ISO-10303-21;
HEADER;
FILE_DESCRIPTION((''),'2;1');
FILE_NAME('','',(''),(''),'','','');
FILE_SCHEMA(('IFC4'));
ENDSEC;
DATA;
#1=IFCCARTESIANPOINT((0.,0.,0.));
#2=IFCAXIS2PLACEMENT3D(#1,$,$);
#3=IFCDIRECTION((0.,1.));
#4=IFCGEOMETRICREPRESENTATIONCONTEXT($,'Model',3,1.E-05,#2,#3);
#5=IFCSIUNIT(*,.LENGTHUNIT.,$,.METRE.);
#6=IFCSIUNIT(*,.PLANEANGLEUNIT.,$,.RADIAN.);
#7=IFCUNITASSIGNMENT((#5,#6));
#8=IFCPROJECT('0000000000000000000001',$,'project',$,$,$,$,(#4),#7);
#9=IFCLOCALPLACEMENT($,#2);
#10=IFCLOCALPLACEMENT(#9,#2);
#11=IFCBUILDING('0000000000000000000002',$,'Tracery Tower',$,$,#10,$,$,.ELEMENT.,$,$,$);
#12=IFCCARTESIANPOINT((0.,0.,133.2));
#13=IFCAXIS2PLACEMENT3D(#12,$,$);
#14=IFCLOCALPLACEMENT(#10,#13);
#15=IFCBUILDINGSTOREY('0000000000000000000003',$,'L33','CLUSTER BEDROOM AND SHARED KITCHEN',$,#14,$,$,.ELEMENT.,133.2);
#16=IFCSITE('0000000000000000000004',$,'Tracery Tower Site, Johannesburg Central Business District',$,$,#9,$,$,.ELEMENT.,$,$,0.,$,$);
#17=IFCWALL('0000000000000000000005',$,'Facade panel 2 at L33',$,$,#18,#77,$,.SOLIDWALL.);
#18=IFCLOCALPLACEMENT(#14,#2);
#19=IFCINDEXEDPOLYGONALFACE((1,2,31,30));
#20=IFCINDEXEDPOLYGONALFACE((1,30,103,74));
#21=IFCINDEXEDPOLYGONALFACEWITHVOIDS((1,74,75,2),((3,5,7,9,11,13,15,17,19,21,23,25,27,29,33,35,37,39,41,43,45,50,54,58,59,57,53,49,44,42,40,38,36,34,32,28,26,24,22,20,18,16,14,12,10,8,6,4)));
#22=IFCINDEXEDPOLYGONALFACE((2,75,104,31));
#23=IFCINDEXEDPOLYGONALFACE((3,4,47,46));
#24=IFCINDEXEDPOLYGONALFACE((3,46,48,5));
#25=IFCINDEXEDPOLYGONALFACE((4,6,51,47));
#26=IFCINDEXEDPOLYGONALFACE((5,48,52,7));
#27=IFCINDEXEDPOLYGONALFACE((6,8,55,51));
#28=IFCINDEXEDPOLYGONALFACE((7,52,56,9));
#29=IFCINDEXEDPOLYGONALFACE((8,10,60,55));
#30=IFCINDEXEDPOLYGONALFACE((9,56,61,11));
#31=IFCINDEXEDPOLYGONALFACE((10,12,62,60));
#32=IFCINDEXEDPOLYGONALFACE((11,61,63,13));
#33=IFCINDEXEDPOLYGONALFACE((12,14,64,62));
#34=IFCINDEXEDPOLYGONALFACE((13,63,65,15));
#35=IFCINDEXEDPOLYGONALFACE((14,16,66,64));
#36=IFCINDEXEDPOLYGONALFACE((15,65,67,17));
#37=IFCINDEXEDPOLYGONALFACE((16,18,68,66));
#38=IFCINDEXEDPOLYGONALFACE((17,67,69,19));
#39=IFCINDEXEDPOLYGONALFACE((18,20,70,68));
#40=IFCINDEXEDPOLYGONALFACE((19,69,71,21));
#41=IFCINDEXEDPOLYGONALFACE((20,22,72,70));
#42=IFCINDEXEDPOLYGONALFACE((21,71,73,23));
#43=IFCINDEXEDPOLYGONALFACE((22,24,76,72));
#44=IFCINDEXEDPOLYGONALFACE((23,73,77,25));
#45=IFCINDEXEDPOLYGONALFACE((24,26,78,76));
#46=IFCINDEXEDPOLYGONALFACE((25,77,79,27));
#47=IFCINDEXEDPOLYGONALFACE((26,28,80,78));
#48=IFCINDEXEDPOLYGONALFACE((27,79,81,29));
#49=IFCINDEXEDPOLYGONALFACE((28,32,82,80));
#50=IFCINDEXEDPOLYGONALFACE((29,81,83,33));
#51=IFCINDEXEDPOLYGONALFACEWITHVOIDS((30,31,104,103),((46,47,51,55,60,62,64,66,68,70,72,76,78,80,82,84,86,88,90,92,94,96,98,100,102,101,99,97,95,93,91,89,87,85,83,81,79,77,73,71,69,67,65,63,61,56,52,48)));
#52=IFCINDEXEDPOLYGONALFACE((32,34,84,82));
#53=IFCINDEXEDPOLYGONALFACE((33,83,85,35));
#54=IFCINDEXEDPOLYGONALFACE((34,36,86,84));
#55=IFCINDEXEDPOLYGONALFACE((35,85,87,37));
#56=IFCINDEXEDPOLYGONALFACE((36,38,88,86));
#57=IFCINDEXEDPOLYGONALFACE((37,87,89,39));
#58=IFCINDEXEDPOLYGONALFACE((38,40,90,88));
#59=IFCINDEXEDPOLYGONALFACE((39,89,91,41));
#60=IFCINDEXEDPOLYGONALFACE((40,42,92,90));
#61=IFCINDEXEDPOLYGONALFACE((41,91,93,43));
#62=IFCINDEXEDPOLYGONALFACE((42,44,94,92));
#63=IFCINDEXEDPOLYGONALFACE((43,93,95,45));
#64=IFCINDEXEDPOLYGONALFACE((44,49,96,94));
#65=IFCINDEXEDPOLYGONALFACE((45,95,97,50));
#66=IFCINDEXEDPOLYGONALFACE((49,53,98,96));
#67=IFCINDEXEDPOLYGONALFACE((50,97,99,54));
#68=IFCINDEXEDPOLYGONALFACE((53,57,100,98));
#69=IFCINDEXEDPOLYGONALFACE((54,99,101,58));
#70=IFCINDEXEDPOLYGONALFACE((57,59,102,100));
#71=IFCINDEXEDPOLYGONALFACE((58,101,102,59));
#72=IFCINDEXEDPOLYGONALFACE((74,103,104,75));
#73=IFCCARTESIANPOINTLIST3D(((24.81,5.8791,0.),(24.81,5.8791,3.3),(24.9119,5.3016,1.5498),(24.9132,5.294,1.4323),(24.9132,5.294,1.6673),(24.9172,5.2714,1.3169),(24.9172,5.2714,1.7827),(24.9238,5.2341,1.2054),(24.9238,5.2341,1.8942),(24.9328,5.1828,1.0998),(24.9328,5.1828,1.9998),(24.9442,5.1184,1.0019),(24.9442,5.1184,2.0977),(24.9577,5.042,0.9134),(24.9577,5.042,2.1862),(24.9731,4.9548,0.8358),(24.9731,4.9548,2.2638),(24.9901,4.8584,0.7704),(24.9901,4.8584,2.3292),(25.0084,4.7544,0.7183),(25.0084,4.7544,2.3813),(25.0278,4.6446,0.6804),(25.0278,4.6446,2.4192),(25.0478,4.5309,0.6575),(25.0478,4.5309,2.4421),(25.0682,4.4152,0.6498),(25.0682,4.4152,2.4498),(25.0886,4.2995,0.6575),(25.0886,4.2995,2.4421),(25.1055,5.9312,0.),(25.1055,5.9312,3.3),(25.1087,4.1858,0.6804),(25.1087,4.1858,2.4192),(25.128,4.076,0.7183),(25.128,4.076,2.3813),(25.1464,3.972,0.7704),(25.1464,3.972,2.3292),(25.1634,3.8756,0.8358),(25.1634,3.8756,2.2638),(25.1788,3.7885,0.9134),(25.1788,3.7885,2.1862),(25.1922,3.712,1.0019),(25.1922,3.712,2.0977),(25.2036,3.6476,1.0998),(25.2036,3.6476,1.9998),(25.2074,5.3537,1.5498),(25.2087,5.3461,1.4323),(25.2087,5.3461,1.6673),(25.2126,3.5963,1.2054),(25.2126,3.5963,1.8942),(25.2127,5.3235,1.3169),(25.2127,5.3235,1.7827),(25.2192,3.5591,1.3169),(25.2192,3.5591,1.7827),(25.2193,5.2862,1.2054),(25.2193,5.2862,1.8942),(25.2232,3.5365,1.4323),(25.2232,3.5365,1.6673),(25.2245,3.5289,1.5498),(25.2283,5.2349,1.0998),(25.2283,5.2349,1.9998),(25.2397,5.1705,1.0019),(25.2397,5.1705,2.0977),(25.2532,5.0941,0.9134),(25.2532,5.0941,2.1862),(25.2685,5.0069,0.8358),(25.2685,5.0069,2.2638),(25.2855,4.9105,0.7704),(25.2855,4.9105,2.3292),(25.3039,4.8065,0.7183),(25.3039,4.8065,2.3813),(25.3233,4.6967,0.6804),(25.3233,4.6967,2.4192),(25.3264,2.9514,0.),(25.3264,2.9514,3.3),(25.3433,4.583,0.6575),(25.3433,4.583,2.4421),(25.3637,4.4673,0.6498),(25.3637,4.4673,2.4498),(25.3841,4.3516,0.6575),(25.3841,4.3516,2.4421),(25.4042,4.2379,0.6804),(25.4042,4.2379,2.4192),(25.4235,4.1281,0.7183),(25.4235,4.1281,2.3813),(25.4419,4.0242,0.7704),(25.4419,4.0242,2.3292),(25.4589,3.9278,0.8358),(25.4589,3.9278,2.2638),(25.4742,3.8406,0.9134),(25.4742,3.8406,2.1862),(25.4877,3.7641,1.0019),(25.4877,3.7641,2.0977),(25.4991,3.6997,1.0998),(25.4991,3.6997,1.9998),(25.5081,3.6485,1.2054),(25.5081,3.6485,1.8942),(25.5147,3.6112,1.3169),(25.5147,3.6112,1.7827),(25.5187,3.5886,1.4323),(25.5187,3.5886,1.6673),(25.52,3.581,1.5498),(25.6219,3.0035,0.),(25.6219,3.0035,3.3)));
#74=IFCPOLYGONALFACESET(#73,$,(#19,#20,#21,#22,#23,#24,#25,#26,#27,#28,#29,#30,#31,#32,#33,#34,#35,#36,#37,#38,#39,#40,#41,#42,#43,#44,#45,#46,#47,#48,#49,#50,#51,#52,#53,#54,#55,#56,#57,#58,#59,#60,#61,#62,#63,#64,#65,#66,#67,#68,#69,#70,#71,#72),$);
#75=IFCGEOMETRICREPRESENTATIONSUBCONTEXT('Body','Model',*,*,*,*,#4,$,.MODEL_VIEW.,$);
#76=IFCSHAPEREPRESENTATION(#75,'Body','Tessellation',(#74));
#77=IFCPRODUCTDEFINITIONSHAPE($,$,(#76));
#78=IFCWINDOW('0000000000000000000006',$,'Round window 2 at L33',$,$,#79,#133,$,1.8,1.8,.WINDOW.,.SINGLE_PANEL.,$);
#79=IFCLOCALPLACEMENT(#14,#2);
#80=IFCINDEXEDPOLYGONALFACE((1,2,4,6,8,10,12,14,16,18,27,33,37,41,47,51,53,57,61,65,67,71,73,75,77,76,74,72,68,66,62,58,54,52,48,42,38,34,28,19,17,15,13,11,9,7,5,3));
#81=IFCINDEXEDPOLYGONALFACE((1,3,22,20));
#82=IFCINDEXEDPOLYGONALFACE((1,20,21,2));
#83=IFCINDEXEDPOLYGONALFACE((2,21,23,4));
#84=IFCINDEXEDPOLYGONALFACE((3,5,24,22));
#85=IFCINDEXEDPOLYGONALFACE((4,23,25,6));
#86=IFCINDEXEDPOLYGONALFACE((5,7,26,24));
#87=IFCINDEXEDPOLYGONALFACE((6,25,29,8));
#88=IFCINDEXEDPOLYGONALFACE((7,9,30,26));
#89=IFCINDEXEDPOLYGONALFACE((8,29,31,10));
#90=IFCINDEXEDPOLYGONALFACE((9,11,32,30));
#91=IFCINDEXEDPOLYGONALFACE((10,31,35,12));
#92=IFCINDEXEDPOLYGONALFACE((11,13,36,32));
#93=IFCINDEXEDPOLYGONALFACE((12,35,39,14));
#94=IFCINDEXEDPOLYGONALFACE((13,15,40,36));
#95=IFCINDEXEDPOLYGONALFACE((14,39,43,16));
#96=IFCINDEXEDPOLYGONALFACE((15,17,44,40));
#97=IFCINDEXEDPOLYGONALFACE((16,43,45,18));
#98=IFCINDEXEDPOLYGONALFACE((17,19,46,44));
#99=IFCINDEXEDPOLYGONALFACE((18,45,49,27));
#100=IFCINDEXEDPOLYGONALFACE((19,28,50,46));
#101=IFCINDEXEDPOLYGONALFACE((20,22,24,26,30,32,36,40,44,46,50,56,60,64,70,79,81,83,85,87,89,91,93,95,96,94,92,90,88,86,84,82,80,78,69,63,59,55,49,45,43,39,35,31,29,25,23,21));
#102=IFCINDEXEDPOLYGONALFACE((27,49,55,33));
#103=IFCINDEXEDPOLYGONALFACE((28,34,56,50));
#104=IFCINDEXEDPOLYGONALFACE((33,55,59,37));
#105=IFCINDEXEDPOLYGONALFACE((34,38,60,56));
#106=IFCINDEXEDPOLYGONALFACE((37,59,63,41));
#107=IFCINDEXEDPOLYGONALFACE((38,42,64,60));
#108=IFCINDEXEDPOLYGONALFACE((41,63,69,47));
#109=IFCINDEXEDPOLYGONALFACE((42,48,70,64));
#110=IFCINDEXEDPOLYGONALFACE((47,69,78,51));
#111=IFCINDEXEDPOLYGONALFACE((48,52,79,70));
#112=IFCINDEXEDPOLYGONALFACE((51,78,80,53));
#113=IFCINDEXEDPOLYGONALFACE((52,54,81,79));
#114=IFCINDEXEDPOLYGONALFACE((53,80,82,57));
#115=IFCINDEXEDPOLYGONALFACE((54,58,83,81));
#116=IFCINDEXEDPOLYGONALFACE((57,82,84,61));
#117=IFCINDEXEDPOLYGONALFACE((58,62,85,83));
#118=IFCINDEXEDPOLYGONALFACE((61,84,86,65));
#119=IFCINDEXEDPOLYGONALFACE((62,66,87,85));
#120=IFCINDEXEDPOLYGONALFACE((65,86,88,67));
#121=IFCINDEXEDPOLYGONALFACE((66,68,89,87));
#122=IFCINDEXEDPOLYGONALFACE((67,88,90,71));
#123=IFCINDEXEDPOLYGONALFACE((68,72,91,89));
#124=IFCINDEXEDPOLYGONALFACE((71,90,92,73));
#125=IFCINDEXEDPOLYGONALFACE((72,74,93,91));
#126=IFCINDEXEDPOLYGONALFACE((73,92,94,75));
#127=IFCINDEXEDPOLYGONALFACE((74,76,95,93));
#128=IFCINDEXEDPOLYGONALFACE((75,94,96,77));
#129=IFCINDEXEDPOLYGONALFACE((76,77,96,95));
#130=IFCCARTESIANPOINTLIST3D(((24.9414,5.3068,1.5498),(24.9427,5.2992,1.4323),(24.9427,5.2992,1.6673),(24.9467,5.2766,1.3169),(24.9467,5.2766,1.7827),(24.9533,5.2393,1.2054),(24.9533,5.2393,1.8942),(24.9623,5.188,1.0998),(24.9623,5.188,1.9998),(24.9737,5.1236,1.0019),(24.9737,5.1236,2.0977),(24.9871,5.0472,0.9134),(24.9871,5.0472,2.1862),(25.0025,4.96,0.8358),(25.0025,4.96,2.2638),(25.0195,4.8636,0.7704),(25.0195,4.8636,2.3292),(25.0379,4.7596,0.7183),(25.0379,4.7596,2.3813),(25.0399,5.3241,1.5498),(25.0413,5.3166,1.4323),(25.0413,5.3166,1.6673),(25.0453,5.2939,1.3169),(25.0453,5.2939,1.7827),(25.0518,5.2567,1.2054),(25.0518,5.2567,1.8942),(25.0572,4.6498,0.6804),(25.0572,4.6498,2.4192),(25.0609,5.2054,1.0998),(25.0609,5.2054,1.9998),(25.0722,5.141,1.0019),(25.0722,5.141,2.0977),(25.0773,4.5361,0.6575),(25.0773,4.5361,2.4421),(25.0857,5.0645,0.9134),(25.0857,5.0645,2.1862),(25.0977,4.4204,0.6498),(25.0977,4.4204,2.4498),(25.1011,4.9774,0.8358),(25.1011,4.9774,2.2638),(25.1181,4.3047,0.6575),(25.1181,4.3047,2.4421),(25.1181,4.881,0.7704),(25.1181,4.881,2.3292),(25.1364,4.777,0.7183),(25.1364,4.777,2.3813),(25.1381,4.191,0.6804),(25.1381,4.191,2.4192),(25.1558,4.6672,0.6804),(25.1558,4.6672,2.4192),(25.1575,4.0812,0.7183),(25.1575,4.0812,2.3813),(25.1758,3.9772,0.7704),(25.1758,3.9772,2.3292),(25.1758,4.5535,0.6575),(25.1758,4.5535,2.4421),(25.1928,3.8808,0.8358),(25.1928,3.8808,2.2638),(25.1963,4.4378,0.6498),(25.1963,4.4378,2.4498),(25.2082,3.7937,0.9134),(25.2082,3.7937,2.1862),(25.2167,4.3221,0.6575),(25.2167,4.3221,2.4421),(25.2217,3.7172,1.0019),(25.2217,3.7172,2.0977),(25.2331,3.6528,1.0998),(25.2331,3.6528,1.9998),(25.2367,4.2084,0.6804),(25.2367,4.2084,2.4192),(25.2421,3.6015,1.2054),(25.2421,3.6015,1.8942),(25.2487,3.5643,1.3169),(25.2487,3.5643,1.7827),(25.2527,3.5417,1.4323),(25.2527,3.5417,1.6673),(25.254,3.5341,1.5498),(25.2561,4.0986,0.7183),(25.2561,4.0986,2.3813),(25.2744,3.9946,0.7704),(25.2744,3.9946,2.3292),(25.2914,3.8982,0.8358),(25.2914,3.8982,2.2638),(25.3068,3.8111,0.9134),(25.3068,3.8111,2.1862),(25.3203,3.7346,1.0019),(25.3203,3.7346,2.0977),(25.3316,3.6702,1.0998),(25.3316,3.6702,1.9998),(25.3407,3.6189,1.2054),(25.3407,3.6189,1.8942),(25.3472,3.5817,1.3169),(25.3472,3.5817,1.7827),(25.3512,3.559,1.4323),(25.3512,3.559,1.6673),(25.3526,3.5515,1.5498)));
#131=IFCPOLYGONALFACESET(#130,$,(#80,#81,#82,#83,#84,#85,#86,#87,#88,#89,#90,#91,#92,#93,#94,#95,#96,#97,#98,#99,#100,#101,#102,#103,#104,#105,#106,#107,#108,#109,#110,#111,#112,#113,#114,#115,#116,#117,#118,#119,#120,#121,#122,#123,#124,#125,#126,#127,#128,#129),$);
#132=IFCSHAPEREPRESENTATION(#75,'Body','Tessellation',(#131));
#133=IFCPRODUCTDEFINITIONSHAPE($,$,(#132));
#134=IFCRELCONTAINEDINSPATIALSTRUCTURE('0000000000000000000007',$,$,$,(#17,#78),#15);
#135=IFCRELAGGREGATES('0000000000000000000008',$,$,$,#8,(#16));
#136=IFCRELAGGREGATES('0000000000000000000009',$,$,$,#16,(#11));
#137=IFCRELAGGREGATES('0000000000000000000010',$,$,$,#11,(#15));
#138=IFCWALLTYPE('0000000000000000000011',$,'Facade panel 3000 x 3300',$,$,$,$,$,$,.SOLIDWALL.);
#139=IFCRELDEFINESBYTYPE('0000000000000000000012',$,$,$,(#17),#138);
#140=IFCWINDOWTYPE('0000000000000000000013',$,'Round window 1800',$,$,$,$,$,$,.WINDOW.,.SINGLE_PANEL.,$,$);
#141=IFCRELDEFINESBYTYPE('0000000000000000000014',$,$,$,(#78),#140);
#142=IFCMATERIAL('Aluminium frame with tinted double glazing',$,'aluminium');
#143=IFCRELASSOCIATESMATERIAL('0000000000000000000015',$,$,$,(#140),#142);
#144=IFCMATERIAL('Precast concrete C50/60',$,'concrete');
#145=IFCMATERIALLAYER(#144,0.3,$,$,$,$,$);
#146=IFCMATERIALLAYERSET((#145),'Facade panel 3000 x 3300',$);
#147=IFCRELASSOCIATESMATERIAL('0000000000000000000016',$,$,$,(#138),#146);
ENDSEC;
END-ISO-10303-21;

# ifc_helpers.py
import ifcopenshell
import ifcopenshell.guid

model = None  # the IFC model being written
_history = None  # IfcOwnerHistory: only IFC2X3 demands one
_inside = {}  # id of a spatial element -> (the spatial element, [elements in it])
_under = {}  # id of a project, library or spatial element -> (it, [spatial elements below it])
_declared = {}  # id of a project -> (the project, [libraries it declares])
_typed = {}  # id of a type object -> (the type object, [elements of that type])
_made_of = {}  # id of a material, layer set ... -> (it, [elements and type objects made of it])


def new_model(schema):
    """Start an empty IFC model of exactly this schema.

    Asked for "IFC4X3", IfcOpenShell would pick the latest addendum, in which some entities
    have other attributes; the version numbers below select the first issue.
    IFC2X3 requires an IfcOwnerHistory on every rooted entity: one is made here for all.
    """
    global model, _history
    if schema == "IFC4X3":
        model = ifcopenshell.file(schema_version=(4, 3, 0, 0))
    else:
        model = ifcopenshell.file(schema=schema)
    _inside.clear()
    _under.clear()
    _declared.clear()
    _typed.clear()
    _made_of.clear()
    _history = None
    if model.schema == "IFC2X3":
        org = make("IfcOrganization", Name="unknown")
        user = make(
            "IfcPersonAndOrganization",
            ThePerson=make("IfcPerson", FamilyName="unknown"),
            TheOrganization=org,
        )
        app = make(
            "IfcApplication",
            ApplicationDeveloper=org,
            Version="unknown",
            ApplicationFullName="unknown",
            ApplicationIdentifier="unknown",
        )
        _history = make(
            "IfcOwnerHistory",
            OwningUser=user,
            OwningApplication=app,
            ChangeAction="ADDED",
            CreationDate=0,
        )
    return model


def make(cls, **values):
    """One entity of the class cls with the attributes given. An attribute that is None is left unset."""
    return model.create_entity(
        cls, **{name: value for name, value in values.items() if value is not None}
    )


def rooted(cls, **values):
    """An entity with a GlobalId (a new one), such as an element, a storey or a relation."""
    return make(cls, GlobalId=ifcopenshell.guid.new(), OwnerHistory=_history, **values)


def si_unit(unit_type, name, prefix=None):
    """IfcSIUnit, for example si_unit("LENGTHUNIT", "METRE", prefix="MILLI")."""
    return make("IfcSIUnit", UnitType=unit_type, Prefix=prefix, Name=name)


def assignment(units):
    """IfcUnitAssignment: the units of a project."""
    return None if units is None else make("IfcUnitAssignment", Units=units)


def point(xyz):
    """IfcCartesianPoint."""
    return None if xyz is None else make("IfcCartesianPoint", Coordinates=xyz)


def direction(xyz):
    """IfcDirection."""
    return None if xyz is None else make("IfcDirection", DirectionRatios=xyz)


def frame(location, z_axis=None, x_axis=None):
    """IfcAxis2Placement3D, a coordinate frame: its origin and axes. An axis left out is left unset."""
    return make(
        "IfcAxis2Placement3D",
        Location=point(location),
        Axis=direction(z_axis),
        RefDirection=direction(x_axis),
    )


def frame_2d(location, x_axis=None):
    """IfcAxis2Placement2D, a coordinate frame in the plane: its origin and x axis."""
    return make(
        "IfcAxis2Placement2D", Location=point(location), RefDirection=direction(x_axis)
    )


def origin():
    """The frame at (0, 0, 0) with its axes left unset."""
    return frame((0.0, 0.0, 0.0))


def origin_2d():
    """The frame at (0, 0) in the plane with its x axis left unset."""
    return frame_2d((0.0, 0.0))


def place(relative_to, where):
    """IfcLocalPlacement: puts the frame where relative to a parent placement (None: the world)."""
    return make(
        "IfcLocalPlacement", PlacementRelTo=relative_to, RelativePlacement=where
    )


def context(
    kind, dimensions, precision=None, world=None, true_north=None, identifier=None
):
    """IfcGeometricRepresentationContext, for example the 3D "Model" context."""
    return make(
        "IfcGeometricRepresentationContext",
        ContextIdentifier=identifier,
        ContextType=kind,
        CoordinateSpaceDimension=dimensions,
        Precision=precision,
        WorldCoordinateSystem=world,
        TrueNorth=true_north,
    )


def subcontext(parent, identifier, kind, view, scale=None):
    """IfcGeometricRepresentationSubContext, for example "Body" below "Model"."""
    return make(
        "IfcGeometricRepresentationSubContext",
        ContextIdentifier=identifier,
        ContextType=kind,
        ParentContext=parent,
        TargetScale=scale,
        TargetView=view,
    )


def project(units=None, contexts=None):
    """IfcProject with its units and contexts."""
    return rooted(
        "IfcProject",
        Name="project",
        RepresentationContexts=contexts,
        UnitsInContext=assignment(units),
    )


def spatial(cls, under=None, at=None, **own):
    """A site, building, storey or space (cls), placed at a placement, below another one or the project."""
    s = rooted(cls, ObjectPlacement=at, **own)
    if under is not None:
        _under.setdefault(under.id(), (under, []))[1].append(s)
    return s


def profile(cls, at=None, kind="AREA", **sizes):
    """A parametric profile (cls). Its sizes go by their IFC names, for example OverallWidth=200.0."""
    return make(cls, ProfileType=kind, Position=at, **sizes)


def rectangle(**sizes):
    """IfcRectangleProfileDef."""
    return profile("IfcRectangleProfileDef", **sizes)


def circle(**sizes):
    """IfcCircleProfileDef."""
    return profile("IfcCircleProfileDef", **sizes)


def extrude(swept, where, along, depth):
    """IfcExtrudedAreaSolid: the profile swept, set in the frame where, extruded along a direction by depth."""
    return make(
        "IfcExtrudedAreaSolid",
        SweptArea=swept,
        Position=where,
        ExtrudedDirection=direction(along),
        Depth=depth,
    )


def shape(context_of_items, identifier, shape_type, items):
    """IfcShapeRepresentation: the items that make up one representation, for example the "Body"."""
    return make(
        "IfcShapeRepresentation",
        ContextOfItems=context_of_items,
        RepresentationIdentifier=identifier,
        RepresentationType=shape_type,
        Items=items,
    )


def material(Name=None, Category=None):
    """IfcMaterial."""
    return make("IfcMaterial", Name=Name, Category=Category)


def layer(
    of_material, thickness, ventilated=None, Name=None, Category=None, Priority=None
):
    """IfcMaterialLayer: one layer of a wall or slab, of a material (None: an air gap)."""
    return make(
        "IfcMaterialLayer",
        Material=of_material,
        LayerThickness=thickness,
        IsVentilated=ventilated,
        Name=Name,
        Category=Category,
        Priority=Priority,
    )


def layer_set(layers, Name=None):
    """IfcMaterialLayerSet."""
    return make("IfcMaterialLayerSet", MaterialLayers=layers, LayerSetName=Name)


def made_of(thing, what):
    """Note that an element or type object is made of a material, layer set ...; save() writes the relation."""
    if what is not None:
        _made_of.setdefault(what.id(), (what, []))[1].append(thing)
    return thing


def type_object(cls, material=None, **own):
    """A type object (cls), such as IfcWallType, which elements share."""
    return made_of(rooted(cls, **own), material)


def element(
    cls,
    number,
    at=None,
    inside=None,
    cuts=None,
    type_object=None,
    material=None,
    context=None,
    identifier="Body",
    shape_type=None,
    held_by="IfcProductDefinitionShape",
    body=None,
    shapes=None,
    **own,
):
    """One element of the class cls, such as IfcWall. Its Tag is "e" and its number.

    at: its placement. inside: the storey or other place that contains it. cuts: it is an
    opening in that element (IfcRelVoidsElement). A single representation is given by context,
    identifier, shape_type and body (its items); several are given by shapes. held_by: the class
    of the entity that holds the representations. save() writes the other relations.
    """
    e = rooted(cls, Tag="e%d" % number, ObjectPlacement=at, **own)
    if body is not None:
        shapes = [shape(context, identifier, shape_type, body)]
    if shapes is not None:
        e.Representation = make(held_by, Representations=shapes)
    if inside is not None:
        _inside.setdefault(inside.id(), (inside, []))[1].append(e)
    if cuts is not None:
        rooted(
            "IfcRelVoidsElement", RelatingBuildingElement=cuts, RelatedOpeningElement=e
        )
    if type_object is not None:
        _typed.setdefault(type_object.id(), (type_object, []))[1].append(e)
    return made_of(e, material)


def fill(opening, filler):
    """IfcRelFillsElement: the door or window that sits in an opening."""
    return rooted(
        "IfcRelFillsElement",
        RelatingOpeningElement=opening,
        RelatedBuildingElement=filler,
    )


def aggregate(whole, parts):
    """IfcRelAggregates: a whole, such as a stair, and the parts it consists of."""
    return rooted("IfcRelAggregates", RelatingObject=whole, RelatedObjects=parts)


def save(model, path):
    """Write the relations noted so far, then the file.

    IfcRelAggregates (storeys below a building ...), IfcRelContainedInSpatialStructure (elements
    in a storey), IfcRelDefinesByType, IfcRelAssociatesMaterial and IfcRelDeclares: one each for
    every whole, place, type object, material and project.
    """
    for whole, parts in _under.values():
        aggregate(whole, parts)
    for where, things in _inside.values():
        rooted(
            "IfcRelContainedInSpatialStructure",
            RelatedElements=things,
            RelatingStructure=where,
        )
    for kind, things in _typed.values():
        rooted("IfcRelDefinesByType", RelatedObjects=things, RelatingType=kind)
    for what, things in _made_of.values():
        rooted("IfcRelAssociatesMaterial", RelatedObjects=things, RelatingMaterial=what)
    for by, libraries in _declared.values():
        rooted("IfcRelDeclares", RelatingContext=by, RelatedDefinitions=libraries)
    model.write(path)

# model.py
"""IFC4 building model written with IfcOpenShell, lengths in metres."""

from ifc_helpers import new_model, si_unit, direction, frame, frame_2d, origin, origin_2d, place, context, subcontext, project, spatial, rectangle, circle, extrude, material, layer, layer_set, type_object, element, fill, save


model = new_model("IFC4")

# Units and contexts
model_context = context("Model", 3, precision=1e-05, world=origin(), true_north=direction((0.0, 1.0)))
body_context = subcontext(model_context, "Body", "Model", "MODEL_VIEW")
ifc_project = project(units=[si_unit("LENGTHUNIT", "METRE"), si_unit("PLANEANGLEUNIT", "RADIAN")], contexts=[model_context])

# Site, building, storey
site_placement = place(None, origin())
site = spatial("IfcSite", under=ifc_project, at=site_placement, Name="Tracery Tower Site, Johannesburg Central Business District", CompositionType="ELEMENT", RefElevation=0.0)
building_placement = place(site_placement, origin())
building = spatial("IfcBuilding", under=site, at=building_placement, Name="Tracery Tower", CompositionType="ELEMENT")
storey_placement = place(building_placement, frame((0.0, 0.0, 133.2)))
storey = spatial("IfcBuildingStorey", under=building, at=storey_placement, Name="L33", Description="CLUSTER BEDROOM AND SHARED KITCHEN", CompositionType="ELEMENT", Elevation=133.2)

# Wall, opening, window
ifc_material_1 = material(Name="Aluminium frame with tinted double glazing", Category="aluminium")
window_type = type_object("IfcWindowType", Name="Round window 1800", PartitioningType="SINGLE_PANEL", PredefinedType="WINDOW", material=ifc_material_1)
ifc_material_2 = material(Name="Precast concrete C50/60", Category="concrete")
ifc_layer_1 = layer(ifc_material_2, 0.3)
ifc_layer_set_1 = layer_set([ifc_layer_1], Name="Facade panel 3000 x 3300")
wall_type_1 = type_object("IfcWallType", Name="Facade panel 3000 x 3300", PredefinedType="SOLIDWALL", material=ifc_layer_set_1)
wall_1_placement = place(storey_placement, frame((25.4741, 2.9775, 0.0), z_axis=(0.0, 0.0, 1.0), x_axis=(-0.173687, 0.984801, 0.0)))
wall_1 = element("IfcWall", 1, at=wall_1_placement, inside=storey, type_object=wall_type_1, Name="Facade panel 2 at L33", PredefinedType="SOLIDWALL", context=body_context, shape_type="SweptSolid", body=[
    extrude(rectangle(XDim=2.9729, YDim=0.3, at=frame_2d((1.4863, 0.0))), origin(), (0.0, 0.0, 1.0), 3.3),
])
opening_1_placement = place(wall_1_placement, frame((1.4863, 0.0, 1.5498)))
opening_1 = element("IfcOpeningElement", 2, at=opening_1_placement, cuts=wall_1, PredefinedType="OPENING", context=body_context, shape_type="SweptSolid", body=[
    extrude(circle(Radius=0.9, at=origin_2d()), frame((0.0, 0.1599, 0.0), z_axis=(0.0, -1.0, 0.0), x_axis=(1.0, 0.0, 0.0)), (0.0, 0.0, 1.0), 0.3201),
])
window_1_placement = place(opening_1_placement, origin())
window_1 = element("IfcWindow", 3, at=window_1_placement, inside=storey, type_object=window_type, Name="Round window 2 at L33", OverallHeight=1.8, OverallWidth=1.8, PartitioningType="SINGLE_PANEL", PredefinedType="WINDOW", context=body_context, shape_type="SweptSolid", body=[
    extrude(circle(Radius=0.9, at=origin_2d()), frame((0.0, 0.1201, 0.0), z_axis=(0.0, -1.0, 0.0), x_axis=(1.0, 0.0, 0.0)), (0.0, 0.0, 1.0), 0.1001),
])
fill(opening_1, window_1)

save(model, "model.ifc")
